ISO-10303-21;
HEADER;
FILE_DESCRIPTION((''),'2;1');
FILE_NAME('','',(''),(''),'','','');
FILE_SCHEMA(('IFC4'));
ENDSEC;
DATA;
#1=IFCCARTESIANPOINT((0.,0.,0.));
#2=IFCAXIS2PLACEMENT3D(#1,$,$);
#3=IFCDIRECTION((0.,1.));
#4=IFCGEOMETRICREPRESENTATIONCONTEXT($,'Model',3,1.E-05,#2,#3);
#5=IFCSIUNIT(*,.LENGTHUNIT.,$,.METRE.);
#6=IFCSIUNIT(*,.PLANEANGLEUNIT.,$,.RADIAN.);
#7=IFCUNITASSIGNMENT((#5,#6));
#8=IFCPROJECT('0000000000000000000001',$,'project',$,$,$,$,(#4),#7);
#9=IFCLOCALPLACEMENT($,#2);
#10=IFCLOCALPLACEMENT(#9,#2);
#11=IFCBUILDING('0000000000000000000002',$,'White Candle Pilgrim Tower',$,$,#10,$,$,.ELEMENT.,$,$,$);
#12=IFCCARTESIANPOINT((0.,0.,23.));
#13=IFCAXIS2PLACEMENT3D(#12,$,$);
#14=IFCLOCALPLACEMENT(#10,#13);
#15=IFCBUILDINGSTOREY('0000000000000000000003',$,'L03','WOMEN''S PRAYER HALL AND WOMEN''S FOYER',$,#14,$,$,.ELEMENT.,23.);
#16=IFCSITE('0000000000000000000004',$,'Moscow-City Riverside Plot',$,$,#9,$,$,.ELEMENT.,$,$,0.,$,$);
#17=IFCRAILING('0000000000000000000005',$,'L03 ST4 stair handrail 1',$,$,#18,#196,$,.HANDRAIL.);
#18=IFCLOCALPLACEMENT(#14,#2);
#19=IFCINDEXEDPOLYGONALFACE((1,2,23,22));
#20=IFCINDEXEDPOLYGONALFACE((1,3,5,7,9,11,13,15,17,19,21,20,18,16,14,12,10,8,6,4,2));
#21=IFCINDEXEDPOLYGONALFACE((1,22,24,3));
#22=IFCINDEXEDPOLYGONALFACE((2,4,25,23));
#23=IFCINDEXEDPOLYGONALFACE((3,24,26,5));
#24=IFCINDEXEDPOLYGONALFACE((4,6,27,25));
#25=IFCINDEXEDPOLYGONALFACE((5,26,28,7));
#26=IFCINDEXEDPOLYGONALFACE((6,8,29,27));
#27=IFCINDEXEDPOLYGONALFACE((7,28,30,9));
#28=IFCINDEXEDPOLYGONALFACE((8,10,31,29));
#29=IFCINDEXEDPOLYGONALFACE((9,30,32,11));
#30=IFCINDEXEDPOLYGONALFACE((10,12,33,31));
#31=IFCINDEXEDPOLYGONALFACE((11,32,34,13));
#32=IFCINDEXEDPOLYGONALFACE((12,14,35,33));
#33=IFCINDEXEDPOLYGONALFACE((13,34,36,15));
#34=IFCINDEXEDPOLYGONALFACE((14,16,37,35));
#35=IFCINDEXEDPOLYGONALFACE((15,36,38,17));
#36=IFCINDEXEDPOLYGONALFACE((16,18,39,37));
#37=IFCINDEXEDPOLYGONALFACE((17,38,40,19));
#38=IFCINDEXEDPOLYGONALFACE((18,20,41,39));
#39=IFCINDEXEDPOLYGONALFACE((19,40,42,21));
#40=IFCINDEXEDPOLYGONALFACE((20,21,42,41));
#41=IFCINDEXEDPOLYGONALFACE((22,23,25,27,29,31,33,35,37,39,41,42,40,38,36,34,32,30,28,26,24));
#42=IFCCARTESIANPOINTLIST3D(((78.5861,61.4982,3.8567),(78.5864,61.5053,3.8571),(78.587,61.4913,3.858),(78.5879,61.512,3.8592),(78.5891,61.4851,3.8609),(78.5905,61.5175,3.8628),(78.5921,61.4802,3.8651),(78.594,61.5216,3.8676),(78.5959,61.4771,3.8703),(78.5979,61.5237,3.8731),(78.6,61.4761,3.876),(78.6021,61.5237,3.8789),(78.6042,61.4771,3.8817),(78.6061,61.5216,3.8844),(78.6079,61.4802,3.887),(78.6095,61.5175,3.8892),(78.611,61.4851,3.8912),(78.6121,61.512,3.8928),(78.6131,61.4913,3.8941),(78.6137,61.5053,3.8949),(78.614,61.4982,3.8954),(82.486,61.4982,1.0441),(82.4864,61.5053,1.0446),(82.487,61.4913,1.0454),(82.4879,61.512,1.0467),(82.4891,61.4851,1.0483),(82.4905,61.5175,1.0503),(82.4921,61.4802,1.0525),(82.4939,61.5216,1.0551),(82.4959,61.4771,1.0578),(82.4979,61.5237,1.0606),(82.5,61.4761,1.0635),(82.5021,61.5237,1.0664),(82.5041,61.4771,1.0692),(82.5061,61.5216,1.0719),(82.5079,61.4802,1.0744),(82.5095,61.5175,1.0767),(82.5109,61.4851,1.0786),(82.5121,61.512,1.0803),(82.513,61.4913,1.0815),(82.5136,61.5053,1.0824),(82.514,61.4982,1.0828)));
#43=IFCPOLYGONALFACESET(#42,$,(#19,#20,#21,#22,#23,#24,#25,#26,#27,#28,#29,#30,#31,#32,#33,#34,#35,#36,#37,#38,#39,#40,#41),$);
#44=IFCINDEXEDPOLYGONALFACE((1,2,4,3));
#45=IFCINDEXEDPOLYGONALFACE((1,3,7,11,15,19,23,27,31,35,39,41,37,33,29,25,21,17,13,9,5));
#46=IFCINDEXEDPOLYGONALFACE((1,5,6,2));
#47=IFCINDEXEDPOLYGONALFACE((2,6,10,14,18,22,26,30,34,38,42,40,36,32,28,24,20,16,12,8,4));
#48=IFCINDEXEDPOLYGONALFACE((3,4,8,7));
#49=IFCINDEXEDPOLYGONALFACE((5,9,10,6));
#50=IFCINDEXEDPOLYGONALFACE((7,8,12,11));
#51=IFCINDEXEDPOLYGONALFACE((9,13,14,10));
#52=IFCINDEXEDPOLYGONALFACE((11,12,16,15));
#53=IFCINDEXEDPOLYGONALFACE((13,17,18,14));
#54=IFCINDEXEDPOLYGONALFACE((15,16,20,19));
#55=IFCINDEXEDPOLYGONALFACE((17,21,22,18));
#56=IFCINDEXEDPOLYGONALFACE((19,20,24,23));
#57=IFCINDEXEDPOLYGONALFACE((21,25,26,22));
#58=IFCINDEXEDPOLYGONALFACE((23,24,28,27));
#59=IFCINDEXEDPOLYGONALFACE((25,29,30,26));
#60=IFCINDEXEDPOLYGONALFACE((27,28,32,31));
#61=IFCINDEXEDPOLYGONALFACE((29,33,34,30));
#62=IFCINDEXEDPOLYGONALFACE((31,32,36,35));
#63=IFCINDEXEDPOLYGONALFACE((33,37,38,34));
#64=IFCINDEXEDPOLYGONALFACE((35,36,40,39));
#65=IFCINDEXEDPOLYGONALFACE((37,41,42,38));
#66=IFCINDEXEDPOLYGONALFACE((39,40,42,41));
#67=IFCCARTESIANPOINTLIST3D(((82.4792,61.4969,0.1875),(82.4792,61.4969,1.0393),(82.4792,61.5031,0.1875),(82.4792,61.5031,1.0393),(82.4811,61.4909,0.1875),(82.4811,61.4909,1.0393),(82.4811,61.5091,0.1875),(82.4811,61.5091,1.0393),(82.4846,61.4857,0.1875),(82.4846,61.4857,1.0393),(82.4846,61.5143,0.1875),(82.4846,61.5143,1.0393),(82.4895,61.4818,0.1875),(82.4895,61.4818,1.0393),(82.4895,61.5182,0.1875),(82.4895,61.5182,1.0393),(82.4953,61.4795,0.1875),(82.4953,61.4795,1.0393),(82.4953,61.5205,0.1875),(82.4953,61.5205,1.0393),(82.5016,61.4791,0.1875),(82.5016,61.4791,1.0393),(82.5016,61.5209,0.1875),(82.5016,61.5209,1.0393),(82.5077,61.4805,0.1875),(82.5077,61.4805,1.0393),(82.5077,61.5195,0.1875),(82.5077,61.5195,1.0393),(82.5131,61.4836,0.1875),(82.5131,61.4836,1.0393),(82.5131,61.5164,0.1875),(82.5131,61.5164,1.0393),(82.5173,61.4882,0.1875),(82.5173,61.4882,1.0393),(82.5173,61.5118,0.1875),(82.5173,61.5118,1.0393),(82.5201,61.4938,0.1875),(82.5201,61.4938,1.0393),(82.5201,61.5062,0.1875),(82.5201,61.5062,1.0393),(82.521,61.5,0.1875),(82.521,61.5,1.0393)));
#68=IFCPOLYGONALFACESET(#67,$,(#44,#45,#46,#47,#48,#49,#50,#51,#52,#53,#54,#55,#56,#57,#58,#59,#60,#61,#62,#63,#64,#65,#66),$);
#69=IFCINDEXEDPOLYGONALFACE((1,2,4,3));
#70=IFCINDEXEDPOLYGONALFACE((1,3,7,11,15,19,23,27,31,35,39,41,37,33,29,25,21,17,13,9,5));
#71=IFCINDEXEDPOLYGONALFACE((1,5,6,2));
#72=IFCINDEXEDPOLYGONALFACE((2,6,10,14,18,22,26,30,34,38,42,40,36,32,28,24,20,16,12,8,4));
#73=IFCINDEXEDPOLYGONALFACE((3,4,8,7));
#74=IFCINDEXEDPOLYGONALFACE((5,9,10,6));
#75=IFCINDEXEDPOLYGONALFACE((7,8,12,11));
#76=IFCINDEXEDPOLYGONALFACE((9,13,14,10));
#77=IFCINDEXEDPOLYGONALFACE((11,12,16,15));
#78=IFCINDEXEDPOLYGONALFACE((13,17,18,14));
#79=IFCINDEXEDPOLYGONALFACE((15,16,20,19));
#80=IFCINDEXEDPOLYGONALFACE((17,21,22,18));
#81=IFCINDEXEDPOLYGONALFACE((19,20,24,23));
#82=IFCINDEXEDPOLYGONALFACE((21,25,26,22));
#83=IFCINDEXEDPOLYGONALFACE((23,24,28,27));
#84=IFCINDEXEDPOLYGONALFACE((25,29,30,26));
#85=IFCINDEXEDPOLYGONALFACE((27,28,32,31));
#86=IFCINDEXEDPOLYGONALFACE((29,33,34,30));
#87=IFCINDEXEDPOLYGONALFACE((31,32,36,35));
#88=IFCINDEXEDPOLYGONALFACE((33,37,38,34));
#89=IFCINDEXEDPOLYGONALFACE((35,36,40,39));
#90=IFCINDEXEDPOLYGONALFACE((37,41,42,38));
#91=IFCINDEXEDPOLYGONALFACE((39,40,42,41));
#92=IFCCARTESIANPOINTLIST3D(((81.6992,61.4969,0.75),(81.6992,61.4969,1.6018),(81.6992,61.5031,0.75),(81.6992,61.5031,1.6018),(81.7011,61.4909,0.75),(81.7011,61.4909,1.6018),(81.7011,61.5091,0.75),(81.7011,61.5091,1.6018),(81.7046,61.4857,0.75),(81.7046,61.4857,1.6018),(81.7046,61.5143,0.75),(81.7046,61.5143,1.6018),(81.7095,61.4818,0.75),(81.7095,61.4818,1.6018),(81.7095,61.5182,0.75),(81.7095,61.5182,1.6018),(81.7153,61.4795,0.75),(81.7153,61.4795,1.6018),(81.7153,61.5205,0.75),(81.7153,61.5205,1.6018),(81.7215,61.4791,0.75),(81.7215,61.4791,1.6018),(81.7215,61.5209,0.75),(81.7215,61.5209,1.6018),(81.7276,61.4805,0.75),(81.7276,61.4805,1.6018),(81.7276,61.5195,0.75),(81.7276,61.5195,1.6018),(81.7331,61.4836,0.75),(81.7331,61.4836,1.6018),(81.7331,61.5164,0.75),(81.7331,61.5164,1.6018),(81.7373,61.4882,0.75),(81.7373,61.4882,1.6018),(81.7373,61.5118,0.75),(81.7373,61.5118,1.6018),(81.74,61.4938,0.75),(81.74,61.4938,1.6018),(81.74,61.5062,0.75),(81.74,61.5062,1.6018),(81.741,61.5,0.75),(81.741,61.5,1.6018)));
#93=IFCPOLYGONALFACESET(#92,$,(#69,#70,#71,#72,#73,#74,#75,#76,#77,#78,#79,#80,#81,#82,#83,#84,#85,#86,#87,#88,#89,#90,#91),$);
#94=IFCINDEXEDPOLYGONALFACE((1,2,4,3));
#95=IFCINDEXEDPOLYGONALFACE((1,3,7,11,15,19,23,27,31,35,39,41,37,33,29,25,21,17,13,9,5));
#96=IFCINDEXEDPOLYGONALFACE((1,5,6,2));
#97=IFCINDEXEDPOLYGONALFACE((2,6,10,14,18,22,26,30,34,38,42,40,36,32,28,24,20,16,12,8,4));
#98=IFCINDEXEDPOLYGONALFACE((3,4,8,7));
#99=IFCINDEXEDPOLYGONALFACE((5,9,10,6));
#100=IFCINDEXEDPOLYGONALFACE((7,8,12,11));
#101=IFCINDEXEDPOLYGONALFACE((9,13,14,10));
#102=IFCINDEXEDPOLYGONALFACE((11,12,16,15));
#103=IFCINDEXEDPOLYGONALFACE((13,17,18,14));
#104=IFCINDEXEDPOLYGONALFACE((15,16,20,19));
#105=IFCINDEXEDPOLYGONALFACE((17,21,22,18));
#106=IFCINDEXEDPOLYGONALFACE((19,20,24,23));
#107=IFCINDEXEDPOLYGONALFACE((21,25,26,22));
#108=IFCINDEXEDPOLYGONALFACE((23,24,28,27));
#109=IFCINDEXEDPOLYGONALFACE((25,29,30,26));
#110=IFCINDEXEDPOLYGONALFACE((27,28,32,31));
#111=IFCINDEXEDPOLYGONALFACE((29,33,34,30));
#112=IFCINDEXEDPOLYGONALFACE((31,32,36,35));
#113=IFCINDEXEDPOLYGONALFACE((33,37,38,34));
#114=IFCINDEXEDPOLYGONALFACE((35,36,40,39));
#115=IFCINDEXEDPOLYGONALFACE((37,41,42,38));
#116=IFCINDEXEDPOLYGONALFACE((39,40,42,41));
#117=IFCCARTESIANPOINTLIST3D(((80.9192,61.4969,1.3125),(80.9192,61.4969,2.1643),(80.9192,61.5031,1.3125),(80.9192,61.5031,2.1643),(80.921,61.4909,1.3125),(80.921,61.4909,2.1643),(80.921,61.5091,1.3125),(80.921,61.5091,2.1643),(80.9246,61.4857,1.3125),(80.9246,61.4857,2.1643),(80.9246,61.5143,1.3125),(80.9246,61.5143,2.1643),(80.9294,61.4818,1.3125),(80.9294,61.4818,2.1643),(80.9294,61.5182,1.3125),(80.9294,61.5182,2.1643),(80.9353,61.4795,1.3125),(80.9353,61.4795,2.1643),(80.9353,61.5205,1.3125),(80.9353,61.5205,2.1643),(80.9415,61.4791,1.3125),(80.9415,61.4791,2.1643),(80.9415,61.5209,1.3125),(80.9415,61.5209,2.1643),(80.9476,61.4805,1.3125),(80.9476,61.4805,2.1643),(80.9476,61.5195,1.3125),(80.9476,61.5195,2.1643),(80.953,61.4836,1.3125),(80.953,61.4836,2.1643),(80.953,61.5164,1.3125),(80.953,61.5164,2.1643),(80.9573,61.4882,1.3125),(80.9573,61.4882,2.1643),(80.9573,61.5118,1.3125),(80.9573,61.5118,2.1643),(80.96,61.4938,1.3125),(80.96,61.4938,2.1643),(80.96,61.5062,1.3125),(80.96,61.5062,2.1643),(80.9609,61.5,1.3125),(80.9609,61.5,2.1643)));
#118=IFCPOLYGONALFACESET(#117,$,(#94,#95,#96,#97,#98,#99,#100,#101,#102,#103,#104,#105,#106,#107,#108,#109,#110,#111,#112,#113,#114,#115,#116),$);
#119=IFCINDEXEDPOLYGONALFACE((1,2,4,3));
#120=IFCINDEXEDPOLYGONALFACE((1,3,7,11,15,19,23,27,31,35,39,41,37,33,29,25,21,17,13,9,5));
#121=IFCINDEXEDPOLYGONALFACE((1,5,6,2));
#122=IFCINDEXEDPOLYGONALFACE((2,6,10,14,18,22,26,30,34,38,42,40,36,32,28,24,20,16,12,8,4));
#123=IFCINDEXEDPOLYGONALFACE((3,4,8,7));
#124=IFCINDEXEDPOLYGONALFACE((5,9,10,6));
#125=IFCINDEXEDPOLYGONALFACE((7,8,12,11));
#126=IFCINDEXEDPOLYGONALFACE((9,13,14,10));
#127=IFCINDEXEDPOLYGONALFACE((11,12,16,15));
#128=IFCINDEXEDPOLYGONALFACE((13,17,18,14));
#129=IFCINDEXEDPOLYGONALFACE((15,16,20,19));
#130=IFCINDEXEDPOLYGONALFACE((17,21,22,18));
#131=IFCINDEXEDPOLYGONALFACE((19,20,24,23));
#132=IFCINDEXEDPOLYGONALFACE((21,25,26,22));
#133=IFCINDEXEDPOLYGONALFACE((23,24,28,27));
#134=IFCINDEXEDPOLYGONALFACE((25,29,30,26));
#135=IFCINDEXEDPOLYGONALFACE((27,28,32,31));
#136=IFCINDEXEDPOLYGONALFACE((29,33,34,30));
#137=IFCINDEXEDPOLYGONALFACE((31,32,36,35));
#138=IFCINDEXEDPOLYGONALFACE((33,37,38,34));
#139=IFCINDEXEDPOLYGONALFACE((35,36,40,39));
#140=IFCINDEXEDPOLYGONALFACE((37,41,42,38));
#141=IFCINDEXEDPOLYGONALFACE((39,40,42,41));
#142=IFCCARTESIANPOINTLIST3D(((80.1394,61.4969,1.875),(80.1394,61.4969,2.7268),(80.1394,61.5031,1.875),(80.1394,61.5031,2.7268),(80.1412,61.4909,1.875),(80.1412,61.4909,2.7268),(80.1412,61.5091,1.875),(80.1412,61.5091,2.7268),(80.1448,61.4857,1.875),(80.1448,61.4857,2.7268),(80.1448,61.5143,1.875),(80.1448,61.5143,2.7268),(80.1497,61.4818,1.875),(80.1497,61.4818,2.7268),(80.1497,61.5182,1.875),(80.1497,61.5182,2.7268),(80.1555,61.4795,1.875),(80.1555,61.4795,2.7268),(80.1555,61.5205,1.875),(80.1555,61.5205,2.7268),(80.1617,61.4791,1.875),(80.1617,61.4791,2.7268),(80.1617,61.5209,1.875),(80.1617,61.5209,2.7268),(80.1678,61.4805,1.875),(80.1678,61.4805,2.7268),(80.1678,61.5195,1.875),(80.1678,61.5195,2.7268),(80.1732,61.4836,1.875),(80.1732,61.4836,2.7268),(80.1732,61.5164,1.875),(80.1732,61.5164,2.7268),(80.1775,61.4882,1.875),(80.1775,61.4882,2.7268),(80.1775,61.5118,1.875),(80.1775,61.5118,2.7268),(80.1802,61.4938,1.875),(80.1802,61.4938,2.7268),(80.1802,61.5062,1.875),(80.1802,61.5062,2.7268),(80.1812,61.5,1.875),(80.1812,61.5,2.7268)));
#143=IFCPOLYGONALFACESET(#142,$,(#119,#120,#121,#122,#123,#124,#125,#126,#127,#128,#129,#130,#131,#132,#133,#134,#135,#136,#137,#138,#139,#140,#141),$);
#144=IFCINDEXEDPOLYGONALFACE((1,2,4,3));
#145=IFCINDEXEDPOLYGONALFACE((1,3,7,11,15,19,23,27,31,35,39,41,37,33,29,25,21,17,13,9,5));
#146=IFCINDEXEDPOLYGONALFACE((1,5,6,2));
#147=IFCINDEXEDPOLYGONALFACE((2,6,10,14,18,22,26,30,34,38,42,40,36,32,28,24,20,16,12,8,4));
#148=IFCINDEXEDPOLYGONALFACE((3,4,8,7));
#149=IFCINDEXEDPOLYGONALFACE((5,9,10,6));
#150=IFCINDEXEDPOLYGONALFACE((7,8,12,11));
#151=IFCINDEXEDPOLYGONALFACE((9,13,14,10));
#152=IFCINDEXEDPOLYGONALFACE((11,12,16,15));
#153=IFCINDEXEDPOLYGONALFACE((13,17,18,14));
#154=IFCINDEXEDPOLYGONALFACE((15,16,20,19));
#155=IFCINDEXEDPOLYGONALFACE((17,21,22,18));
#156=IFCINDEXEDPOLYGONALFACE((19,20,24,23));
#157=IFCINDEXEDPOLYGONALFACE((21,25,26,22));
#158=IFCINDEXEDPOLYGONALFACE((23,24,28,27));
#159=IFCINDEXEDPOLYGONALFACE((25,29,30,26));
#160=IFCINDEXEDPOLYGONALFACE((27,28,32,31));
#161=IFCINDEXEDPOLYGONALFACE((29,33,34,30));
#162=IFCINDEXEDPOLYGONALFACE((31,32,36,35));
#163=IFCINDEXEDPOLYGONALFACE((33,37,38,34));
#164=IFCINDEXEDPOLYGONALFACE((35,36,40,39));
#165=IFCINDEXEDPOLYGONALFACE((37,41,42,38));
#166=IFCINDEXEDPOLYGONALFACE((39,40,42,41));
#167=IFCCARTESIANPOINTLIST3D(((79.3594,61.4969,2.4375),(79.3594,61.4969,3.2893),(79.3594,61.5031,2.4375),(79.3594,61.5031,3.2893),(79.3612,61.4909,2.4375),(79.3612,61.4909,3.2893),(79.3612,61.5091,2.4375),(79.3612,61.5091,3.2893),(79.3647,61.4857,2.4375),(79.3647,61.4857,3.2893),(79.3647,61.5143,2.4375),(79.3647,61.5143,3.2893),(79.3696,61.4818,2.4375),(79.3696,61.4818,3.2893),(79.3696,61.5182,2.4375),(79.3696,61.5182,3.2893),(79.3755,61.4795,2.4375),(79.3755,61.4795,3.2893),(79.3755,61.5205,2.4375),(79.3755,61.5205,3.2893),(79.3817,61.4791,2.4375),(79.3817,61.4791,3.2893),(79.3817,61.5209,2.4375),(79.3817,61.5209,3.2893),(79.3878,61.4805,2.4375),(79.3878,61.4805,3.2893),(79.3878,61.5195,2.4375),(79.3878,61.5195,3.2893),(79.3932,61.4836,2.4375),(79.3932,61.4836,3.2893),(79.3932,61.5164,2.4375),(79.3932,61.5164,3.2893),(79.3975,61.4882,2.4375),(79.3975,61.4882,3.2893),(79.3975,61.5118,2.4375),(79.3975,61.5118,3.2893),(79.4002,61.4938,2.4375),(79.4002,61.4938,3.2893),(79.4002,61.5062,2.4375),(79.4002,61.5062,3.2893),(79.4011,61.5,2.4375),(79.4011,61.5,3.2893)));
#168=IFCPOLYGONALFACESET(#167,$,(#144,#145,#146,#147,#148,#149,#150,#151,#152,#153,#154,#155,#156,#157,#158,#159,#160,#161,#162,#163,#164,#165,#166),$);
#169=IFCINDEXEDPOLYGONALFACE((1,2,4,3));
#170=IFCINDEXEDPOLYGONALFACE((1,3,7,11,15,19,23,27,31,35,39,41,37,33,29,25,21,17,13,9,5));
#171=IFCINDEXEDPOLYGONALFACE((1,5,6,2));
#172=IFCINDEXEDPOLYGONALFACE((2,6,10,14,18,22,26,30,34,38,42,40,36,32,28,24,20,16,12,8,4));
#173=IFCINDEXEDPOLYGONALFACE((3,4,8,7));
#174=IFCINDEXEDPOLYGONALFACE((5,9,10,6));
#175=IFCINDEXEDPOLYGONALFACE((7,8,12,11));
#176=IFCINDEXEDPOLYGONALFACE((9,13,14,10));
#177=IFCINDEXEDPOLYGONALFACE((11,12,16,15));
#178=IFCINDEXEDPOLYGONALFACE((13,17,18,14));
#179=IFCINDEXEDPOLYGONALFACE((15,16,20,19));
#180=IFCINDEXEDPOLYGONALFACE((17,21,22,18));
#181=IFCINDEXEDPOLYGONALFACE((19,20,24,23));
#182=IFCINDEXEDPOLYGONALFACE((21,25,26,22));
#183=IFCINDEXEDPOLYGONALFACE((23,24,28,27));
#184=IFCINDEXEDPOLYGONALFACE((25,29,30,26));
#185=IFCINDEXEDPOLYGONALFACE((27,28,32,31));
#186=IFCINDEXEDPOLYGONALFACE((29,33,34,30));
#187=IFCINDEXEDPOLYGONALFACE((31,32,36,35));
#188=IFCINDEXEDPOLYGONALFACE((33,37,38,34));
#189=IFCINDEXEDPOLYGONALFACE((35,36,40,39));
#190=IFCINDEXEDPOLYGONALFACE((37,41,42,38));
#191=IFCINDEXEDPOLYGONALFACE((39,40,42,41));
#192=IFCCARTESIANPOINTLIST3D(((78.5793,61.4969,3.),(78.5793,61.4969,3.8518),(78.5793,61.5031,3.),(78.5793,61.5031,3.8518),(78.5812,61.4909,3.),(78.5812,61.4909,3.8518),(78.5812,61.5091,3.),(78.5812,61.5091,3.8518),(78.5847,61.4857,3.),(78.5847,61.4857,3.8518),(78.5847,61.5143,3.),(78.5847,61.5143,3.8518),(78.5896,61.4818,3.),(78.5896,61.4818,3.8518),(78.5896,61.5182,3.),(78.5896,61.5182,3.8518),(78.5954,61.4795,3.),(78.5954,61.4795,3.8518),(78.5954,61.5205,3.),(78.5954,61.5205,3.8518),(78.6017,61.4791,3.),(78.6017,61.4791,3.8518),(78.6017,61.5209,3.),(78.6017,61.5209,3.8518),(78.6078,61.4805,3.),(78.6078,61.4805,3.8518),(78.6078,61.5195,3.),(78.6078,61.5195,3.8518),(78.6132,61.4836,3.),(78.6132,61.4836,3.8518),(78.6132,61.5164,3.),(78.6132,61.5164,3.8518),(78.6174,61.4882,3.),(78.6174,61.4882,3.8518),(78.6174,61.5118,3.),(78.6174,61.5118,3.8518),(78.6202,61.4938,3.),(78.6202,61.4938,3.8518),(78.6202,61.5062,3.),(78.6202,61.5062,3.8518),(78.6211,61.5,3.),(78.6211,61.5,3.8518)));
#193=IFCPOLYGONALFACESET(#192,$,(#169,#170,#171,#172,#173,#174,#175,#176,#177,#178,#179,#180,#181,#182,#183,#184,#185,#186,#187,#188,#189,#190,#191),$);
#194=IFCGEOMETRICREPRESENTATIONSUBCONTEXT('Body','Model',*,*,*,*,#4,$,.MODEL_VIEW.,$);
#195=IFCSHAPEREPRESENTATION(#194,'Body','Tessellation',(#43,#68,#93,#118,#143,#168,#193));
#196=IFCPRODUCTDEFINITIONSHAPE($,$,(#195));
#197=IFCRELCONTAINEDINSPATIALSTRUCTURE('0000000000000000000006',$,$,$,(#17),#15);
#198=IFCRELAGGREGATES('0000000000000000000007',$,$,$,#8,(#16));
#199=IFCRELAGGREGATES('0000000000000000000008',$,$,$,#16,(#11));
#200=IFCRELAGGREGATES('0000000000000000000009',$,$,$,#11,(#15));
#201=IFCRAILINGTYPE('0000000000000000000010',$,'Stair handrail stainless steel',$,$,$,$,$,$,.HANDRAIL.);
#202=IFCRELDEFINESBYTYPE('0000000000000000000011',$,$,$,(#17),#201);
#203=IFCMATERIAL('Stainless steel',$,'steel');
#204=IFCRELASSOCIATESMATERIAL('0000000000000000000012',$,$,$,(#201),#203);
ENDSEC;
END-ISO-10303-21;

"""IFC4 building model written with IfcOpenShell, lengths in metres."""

from ifc_helpers import new_model, si_unit, direction, frame, origin, origin_2d, place, context, subcontext, project, spatial, circle, extrude, material, type_object, element, save


model = new_model("IFC4")

# Units and contexts
model_context = context("Model", 3, precision=1e-05, world=origin(), true_north=direction((0.0, 1.0)))
body_context = subcontext(model_context, "Body", "Model", "MODEL_VIEW")
ifc_project = project(units=[si_unit("LENGTHUNIT", "METRE"), si_unit("PLANEANGLEUNIT", "RADIAN")], contexts=[model_context])

# Site, building, storey
site_placement = place(None, origin())
site = spatial("IfcSite", under=ifc_project, at=site_placement, Name="Moscow-City Riverside Plot", CompositionType="ELEMENT", RefElevation=0.0)
building_placement = place(site_placement, origin())
building = spatial("IfcBuilding", under=site, at=building_placement, Name="White Candle Pilgrim Tower", CompositionType="ELEMENT")
storey_placement = place(building_placement, frame((0.0, 0.0, 23.0)))
storey = spatial("IfcBuildingStorey", under=building, at=storey_placement, Name="L03", Description="WOMEN'S PRAYER HALL AND WOMEN'S FOYER", CompositionType="ELEMENT", Elevation=23.0)

# Railing
ifc_material_1 = material(Name="Stainless steel", Category="steel")
railing_type_1 = type_object("IfcRailingType", Name="Stair handrail stainless steel", PredefinedType="HANDRAIL", material=ifc_material_1)
railing_1_placement = place(storey_placement, frame((82.5, 61.5, 0.1875)))
element("IfcRailing", 1, at=railing_1_placement, inside=storey, type_object=railing_type_1, Name="L03 ST4 stair handrail 1", PredefinedType="HANDRAIL", context=body_context, shape_type="SweptSolid", body=[
    extrude(circle(Radius=0.0239, at=origin_2d()), frame((0.0, 0.0, 0.876), z_axis=(-0.811083, 0.0, 0.584931), x_axis=(0.0, -1.0, 0.0)), (0.0, 0.0, 1.0), 4.8083),
    extrude(circle(Radius=0.021, at=origin_2d()), origin(), (0.0, 0.0, 1.0), 0.8518),
    extrude(circle(Radius=0.021, at=origin_2d()), frame((-0.78, 0.0, 0.5625)), (0.0, 0.0, 1.0), 0.8518),
    extrude(circle(Radius=0.021, at=origin_2d()), frame((-1.5601, 0.0, 1.125)), (0.0, 0.0, 1.0), 0.8518),
    extrude(circle(Radius=0.021, at=origin_2d()), frame((-2.3398, 0.0, 1.6875)), (0.0, 0.0, 1.0), 0.8518),
    extrude(circle(Radius=0.021, at=origin_2d()), frame((-3.1199, 0.0, 2.25)), (0.0, 0.0, 1.0), 0.8518),
    extrude(circle(Radius=0.021, at=origin_2d()), frame((-3.8999, 0.0, 2.8125)), (0.0, 0.0, 1.0), 0.8518),
])

save(model, "model.ifc")
